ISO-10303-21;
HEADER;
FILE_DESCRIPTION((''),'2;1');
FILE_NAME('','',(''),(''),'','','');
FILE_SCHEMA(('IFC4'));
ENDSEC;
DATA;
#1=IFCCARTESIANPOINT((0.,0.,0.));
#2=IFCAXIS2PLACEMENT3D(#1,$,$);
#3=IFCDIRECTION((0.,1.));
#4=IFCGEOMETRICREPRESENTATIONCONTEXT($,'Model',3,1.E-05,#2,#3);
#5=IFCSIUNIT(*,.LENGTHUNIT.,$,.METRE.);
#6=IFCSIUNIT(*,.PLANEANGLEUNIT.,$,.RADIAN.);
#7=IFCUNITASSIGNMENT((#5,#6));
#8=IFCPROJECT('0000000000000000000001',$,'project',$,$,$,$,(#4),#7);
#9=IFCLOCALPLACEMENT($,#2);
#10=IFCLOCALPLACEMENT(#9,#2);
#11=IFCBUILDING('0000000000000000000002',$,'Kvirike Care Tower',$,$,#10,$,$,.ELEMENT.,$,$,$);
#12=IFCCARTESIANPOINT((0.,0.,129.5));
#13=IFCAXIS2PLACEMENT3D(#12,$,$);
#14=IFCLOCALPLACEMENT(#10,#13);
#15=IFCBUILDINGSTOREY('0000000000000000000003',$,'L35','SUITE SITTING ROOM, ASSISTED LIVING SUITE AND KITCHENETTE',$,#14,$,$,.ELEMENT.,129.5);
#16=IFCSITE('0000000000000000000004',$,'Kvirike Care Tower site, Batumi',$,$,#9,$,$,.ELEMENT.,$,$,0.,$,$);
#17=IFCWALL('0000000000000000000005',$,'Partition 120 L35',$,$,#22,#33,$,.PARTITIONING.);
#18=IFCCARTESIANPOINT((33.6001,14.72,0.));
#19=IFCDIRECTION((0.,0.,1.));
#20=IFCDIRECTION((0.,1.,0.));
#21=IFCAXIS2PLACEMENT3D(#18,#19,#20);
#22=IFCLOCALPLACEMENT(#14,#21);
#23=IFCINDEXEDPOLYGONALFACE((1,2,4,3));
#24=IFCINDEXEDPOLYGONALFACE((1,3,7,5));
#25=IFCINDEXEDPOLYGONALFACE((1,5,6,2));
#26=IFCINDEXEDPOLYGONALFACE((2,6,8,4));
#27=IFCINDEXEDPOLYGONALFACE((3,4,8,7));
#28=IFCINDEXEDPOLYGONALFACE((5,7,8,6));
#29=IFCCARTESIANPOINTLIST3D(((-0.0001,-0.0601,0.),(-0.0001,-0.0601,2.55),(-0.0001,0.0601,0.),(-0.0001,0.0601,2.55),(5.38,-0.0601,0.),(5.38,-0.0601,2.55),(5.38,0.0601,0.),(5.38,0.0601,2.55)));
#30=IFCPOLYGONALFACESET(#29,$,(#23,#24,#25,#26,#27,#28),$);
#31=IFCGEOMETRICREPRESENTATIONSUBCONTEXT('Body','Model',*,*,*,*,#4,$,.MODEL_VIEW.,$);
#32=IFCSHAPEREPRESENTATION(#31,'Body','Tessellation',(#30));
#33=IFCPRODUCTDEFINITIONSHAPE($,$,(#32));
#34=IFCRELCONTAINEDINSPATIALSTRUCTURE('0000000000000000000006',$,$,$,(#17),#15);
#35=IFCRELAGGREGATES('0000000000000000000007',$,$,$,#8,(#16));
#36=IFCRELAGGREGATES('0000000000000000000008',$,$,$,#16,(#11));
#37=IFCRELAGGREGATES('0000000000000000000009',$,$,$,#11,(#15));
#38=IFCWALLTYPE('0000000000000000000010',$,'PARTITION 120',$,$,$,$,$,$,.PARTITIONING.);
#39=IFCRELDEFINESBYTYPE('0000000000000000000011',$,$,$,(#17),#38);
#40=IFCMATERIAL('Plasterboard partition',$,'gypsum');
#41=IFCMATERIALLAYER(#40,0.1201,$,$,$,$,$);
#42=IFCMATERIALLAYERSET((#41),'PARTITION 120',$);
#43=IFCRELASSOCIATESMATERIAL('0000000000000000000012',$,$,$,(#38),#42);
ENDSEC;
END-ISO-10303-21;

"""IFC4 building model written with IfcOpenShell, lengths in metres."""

from ifc_helpers import new_model, si_unit, direction, frame, frame_2d, origin, place, context, subcontext, project, spatial, rectangle, extrude, material, layer, layer_set, type_object, element, save


model = new_model("IFC4")

# Units and contexts
model_context = context("Model", 3, precision=1e-05, world=origin(), true_north=direction((0.0, 1.0)))
body_context = subcontext(model_context, "Body", "Model", "MODEL_VIEW")
ifc_project = project(units=[si_unit("LENGTHUNIT", "METRE"), si_unit("PLANEANGLEUNIT", "RADIAN")], contexts=[model_context])

# Site, building, storey
site_placement = place(None, origin())
site = spatial("IfcSite", under=ifc_project, at=site_placement, Name="Kvirike Care Tower site, Batumi", CompositionType="ELEMENT", RefElevation=0.0)
building_placement = place(site_placement, origin())
building = spatial("IfcBuilding", under=site, at=building_placement, Name="Kvirike Care Tower", CompositionType="ELEMENT")
storey_placement = place(building_placement, frame((0.0, 0.0, 129.5)))
storey = spatial("IfcBuildingStorey", under=building, at=storey_placement, Name="L35", Description="SUITE SITTING ROOM, ASSISTED LIVING SUITE AND KITCHENETTE", CompositionType="ELEMENT", Elevation=129.5)

# Shared definitions
ifc_material_1 = material(Name="Plasterboard partition", Category="gypsum")
ifc_layer_1 = layer(ifc_material_1, 0.1201)
ifc_layer_set_1 = layer_set([ifc_layer_1], Name="PARTITION 120")
wall_type_1 = type_object("IfcWallType", Name="PARTITION 120", PredefinedType="PARTITIONING", material=ifc_layer_set_1)

# Wall
wall_1_placement = place(storey_placement, frame((33.6001, 14.72, 0.0), z_axis=(0.0, 0.0, 1.0), x_axis=(0.0, 1.0, 0.0)))
element("IfcWall", 1, at=wall_1_placement, inside=storey, type_object=wall_type_1, Name="Partition 120 L35", PredefinedType="PARTITIONING", context=body_context, shape_type="SweptSolid", body=[
    extrude(rectangle(XDim=5.3801, YDim=0.1201, at=frame_2d((2.6899, 0.0))), origin(), (0.0, 0.0, 1.0), 2.55),
])

save(model, "model.ifc")
